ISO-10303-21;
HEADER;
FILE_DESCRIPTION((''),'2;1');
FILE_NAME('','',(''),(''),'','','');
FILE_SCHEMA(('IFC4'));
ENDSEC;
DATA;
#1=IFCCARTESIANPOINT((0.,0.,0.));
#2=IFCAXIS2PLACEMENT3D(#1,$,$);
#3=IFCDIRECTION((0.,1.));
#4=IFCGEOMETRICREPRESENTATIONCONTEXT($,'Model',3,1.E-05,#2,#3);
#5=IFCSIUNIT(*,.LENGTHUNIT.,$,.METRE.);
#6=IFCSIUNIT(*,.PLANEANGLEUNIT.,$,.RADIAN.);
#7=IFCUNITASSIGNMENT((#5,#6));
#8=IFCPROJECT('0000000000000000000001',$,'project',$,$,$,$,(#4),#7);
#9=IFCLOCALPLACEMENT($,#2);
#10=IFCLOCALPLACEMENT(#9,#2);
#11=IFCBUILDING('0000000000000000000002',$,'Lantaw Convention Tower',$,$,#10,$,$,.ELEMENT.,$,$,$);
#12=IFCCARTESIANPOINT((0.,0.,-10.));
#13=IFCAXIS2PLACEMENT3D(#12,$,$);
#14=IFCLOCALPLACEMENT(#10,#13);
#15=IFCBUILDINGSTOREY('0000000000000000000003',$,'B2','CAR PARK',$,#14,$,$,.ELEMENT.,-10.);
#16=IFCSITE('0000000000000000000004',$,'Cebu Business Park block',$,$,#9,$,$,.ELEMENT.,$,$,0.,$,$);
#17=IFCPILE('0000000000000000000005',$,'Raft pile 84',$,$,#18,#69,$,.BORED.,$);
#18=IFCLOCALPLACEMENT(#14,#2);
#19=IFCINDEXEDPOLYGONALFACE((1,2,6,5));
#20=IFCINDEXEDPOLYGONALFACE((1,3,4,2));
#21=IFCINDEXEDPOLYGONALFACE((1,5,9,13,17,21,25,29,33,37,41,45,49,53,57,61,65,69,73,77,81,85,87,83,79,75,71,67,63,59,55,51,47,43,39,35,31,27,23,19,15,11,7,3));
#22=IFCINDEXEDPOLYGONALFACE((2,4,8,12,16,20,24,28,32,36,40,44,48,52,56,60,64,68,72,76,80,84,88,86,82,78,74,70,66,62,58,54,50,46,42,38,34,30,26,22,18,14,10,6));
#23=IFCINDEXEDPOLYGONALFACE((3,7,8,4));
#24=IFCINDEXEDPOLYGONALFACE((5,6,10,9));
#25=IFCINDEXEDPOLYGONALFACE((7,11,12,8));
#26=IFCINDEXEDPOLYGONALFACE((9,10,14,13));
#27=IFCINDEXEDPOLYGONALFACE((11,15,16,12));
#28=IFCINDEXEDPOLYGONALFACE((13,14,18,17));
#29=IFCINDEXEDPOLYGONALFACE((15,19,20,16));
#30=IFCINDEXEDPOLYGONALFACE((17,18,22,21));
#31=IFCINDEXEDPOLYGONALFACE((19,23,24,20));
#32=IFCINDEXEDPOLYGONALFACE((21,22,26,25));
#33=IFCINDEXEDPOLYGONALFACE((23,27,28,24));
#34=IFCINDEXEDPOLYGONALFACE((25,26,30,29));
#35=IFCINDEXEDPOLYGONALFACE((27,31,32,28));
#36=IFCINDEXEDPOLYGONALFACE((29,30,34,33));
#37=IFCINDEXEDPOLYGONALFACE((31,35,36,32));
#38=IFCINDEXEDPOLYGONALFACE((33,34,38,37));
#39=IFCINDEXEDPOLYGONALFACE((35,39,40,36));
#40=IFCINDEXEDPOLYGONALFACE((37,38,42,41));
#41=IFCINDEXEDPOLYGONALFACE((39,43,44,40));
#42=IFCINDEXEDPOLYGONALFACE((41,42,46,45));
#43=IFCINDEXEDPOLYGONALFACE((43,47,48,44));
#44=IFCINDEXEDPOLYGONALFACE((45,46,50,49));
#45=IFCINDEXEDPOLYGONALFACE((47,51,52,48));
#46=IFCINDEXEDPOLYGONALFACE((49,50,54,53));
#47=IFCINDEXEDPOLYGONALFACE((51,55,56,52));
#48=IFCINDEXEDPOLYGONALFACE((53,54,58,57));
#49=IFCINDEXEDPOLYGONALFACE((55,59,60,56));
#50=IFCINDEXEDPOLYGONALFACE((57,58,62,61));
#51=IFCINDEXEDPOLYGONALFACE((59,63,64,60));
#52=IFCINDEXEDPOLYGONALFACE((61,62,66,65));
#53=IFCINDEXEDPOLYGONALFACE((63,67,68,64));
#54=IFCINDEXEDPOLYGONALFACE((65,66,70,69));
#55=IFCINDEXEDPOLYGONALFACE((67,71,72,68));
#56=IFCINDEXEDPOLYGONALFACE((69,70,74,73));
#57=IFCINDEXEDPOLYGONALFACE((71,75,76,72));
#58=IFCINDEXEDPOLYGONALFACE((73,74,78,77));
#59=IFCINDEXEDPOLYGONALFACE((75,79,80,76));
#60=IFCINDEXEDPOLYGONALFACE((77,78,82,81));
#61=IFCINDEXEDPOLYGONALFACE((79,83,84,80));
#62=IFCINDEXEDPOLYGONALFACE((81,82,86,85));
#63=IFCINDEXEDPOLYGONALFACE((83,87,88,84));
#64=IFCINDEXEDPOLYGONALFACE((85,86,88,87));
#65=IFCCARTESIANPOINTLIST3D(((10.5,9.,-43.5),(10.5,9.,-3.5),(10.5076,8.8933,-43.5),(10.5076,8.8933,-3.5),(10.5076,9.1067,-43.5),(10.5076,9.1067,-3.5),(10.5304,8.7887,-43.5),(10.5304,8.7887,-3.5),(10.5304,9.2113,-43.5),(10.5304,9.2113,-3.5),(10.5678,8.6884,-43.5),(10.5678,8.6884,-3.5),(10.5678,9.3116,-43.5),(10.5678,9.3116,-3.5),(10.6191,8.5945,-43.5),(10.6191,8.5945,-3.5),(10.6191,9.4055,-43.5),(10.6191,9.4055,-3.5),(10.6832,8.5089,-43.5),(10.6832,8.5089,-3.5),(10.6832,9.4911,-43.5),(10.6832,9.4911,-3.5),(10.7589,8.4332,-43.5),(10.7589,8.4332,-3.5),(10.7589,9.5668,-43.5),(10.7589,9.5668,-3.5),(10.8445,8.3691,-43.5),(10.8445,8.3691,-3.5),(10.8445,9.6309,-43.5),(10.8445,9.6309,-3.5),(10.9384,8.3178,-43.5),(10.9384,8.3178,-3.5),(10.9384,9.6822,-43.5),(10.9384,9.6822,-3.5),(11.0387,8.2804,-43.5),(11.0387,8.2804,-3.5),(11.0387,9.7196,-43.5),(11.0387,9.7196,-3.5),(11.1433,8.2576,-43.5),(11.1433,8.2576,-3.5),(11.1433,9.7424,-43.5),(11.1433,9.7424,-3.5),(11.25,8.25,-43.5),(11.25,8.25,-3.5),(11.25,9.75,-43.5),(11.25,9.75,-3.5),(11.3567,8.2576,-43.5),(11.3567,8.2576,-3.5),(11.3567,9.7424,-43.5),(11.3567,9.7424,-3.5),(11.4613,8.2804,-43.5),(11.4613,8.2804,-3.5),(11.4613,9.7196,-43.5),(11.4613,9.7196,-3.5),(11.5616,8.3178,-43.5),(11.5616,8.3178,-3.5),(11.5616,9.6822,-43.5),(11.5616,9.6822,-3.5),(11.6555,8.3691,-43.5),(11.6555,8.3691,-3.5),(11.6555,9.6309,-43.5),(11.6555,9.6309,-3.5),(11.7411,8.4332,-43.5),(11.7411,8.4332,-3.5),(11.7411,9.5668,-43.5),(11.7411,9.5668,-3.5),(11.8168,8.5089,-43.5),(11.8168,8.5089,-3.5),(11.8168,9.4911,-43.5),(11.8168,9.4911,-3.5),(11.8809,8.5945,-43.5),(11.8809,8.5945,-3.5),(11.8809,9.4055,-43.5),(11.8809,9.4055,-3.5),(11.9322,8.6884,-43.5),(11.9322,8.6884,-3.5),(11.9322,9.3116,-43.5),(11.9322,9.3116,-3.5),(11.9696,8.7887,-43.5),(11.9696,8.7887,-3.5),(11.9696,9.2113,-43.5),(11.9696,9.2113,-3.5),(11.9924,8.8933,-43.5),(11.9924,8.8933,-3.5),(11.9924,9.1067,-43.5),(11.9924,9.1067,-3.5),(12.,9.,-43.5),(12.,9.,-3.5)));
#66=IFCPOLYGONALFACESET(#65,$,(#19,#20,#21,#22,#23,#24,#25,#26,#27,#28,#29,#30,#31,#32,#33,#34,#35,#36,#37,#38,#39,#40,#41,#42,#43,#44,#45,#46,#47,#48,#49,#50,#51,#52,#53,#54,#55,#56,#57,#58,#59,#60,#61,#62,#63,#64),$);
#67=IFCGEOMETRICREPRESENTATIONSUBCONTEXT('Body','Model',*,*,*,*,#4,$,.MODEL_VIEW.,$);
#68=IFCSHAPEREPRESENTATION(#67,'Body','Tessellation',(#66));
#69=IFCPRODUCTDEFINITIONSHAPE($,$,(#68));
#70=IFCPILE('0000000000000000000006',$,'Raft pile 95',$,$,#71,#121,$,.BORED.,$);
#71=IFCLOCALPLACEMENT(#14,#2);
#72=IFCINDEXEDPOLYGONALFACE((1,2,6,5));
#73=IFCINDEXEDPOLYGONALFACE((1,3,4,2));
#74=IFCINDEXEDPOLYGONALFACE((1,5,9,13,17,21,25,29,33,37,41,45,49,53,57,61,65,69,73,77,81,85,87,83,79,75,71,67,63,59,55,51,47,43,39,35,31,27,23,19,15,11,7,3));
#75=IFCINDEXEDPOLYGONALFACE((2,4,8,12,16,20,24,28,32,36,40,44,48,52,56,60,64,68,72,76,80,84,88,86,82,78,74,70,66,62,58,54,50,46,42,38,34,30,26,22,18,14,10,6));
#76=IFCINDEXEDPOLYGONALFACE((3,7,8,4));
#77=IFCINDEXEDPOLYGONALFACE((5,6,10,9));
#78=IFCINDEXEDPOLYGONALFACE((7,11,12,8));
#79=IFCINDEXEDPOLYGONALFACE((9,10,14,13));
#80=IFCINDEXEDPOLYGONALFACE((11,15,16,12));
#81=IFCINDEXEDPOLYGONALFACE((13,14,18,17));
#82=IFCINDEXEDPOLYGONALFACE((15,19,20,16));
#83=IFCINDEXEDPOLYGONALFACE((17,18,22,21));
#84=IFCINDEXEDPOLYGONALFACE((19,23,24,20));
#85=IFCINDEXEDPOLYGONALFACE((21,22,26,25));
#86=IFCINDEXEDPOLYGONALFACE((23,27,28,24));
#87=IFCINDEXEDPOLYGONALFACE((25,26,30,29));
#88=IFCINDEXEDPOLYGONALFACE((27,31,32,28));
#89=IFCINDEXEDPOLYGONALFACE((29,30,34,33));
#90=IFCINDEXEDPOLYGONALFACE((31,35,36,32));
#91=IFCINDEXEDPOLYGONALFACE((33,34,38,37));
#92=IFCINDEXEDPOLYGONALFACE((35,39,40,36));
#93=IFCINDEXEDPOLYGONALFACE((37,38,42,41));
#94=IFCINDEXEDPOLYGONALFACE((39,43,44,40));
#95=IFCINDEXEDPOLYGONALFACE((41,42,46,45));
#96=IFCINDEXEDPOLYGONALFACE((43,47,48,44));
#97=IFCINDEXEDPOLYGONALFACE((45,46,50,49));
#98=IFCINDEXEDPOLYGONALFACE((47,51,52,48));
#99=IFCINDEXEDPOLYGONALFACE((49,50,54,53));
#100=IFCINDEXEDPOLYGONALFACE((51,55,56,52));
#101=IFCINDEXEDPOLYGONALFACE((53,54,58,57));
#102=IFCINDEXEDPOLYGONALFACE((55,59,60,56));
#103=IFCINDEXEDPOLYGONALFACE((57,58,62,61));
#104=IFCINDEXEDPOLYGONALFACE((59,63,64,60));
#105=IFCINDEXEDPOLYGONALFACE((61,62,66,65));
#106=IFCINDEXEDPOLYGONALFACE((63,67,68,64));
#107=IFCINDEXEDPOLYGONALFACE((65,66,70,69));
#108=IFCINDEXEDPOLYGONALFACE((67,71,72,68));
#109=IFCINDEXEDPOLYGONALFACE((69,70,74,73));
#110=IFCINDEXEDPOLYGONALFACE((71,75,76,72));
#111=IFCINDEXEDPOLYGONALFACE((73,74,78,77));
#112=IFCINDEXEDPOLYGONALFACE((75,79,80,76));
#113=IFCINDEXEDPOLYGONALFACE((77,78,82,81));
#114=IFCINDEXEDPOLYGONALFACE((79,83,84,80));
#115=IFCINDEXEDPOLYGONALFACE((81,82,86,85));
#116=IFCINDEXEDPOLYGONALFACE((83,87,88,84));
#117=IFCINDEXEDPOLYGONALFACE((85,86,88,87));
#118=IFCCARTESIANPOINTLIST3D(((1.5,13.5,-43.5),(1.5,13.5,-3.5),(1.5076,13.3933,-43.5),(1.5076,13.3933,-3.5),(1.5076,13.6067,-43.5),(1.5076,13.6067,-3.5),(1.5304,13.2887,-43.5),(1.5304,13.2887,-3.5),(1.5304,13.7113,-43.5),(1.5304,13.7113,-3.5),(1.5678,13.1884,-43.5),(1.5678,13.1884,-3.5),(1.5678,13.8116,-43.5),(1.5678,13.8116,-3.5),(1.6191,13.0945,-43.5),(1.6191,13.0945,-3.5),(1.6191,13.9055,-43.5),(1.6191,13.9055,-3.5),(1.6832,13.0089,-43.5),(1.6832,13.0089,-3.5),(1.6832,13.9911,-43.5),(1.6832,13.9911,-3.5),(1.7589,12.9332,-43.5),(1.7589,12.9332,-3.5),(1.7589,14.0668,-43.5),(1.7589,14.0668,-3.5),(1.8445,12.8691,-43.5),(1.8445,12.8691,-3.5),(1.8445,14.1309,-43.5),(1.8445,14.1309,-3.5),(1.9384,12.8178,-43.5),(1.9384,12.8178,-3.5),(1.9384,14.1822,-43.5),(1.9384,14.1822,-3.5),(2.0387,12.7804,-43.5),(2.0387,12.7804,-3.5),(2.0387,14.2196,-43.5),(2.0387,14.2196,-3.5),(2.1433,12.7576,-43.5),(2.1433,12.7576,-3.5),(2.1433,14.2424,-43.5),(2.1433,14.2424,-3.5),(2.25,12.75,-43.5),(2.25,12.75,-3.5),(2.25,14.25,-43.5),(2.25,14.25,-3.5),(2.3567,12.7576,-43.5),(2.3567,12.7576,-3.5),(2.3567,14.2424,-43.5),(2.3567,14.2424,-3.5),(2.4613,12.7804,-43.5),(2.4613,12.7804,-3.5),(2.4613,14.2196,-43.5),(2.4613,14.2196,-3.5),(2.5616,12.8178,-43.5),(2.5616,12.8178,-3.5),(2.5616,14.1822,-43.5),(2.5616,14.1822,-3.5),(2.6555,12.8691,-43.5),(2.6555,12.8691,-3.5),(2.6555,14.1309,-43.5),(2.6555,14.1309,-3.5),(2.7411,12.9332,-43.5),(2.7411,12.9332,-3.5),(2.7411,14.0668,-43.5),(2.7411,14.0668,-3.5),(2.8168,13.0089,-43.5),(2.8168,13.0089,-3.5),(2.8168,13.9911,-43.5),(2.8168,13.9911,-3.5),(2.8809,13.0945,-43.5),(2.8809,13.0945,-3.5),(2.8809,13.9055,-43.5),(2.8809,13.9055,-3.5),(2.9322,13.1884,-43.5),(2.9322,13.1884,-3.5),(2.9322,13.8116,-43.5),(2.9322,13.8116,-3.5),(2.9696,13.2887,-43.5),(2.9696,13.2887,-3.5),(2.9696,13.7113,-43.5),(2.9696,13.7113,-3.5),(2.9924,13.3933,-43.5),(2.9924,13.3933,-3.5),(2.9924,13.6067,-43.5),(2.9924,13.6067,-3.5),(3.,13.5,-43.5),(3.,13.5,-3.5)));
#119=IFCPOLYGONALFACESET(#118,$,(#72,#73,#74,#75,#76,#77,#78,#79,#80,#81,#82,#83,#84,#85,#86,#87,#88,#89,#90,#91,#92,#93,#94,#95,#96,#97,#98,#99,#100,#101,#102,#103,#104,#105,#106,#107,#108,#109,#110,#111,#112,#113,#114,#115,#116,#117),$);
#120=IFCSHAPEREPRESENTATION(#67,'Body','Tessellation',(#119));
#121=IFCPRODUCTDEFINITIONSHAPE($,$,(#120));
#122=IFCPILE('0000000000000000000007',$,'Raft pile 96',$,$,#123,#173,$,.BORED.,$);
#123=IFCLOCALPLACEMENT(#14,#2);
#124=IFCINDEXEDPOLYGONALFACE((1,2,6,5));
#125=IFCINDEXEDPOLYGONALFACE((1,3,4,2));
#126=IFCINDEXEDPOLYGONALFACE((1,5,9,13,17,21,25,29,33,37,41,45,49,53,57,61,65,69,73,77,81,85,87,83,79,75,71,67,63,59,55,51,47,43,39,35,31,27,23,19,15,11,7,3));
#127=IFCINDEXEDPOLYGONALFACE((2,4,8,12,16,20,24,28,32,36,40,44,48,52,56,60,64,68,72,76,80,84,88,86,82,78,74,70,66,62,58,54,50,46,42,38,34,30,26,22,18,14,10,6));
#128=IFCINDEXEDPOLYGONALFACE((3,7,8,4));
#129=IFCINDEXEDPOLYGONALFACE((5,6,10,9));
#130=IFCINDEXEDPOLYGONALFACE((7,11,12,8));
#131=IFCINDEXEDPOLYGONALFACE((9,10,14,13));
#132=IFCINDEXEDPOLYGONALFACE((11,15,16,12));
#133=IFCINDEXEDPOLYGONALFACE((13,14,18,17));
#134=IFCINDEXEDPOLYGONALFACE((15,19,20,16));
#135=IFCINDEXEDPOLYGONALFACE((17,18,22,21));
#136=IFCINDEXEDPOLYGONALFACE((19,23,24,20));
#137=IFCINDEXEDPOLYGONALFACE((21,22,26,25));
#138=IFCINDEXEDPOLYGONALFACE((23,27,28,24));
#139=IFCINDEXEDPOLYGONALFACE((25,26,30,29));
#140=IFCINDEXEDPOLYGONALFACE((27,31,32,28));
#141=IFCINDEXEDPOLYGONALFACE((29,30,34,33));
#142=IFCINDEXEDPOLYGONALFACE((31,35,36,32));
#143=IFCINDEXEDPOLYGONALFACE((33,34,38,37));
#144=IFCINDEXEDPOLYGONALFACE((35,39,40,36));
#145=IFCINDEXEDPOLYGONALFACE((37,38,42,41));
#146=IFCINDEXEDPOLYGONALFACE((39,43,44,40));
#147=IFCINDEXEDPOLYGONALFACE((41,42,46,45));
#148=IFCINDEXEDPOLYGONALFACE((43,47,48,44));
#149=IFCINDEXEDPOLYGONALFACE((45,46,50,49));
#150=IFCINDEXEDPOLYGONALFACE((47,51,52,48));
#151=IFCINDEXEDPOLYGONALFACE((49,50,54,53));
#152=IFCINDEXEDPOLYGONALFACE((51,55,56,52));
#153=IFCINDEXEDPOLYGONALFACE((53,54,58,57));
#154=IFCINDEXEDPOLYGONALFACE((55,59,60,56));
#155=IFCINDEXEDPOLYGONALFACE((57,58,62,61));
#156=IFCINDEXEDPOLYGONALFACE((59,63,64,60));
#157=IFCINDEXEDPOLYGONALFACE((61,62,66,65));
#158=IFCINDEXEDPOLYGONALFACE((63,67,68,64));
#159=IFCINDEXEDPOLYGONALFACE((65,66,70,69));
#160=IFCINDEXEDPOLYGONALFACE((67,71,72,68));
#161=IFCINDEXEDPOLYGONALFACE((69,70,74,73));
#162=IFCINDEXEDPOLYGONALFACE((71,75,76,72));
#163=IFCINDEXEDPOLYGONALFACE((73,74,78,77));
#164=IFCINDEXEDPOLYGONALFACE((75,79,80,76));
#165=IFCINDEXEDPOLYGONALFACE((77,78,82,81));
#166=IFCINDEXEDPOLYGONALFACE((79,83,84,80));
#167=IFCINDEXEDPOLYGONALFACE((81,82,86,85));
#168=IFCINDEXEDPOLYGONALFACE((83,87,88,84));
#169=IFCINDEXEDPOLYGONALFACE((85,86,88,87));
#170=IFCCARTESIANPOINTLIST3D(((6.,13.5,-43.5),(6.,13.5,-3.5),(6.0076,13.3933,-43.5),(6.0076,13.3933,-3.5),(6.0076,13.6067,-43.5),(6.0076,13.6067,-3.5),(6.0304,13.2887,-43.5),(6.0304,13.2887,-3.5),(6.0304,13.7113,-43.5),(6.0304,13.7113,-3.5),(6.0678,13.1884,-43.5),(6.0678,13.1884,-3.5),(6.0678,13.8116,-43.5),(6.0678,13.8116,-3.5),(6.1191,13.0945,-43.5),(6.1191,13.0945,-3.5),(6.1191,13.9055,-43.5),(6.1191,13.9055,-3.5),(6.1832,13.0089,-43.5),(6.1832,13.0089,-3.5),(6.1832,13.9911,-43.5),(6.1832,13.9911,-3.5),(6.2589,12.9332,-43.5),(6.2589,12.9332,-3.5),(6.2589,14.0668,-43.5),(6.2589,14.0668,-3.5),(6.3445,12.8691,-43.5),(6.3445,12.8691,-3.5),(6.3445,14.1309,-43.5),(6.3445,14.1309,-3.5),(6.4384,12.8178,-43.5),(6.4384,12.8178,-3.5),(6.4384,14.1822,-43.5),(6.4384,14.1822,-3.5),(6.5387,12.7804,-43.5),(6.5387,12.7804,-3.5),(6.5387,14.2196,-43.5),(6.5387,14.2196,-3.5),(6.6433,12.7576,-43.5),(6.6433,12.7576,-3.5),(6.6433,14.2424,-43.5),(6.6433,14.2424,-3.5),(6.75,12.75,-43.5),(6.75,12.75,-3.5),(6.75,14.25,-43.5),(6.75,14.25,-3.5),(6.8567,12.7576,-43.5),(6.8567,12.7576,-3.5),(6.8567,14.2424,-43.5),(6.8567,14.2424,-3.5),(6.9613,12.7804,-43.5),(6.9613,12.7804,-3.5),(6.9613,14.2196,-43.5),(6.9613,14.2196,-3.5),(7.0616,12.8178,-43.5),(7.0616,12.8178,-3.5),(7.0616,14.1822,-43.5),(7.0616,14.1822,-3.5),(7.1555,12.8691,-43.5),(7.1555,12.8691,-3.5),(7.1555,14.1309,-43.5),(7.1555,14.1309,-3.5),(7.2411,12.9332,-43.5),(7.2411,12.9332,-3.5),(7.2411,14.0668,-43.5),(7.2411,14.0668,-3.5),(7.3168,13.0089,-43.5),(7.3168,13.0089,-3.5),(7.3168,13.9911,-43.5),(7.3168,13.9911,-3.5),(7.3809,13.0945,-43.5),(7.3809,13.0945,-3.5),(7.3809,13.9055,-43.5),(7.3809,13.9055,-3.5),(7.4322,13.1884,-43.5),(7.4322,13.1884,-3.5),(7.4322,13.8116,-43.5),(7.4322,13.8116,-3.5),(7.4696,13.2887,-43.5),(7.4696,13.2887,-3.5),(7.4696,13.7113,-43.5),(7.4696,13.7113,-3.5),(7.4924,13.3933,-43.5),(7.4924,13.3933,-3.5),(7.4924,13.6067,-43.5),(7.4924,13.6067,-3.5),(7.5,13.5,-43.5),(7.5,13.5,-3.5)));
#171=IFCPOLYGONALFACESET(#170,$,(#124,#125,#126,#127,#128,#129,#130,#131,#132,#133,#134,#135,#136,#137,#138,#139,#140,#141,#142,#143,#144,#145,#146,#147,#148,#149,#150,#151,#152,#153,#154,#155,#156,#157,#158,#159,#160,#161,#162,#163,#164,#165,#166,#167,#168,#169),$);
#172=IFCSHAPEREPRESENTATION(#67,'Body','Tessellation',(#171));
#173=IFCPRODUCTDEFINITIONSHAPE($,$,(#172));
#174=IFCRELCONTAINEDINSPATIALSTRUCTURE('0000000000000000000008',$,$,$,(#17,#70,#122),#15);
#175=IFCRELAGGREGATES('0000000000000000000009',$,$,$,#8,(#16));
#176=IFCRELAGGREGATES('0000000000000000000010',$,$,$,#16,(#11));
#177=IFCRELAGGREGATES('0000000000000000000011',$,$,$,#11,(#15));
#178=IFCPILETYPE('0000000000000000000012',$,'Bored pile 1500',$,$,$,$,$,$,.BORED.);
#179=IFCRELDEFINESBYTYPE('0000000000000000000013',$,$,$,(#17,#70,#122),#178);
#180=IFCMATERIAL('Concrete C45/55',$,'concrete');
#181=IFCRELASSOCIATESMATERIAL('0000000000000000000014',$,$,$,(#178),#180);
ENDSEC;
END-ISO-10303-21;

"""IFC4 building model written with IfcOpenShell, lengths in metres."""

from ifc_helpers import new_model, si_unit, direction, frame, origin, origin_2d, place, context, subcontext, project, spatial, circle, extrude, material, material_profile, profile_set, type_object, element, save


model = new_model("IFC4")

# Units and contexts
model_context = context("Model", 3, precision=1e-05, world=origin(), true_north=direction((0.0, 1.0)))
body_context = subcontext(model_context, "Body", "Model", "MODEL_VIEW")
ifc_project = project(units=[si_unit("LENGTHUNIT", "METRE"), si_unit("PLANEANGLEUNIT", "RADIAN")], contexts=[model_context])

# Site, building, storey
site_placement = place(None, origin())
site = spatial("IfcSite", under=ifc_project, at=site_placement, Name="Cebu Business Park block", CompositionType="ELEMENT", RefElevation=0.0)
building_placement = place(site_placement, origin())
building = spatial("IfcBuilding", under=site, at=building_placement, Name="Lantaw Convention Tower", CompositionType="ELEMENT")
storey_placement = place(building_placement, frame((0.0, 0.0, -10.0)))
storey = spatial("IfcBuildingStorey", under=building, at=storey_placement, Name="B2", Description="CAR PARK", CompositionType="ELEMENT", Elevation=-10.0)

# Piles
ifc_material_1 = material(Name="Concrete C45/55", Category="concrete")
ifc_material_profile_1 = material_profile(ifc_material_1, circle(Radius=0.75, at=origin_2d()), Name="Bored pile 1500")
ifc_profile_set_1 = profile_set([ifc_material_profile_1], Name="Concrete C45/55")
pile_type = type_object("IfcPileType", Name="Bored pile 1500", PredefinedType="BORED", material=ifc_profile_set_1)
for number, where, z_axis, x_axis, name in (
    (1, (11.25, 9.0, -3.5), (0.0, 0.0, -1.0), (1.0, 0.0, 0.0), "Raft pile 84"),
    (2, (2.25, 13.5, -3.5), (0.0, 0.0, -1.0), (1.0, 0.0, 0.0), "Raft pile 95"),
    (3, (6.75, 13.5, -3.5), (0.0, 0.0, -1.0), (1.0, 0.0, 0.0), "Raft pile 96"),
):
    element("IfcPile", number, at=place(storey_placement, frame(where, z_axis=z_axis, x_axis=x_axis)), inside=storey, type_object=pile_type, Name=name, PredefinedType="BORED", context=body_context, shape_type="SweptSolid", body=[
        extrude(circle(Radius=0.75, at=origin_2d()), origin(), (0.0, 0.0, 1.0), 40.0),
    ])

save(model, "model.ifc")
